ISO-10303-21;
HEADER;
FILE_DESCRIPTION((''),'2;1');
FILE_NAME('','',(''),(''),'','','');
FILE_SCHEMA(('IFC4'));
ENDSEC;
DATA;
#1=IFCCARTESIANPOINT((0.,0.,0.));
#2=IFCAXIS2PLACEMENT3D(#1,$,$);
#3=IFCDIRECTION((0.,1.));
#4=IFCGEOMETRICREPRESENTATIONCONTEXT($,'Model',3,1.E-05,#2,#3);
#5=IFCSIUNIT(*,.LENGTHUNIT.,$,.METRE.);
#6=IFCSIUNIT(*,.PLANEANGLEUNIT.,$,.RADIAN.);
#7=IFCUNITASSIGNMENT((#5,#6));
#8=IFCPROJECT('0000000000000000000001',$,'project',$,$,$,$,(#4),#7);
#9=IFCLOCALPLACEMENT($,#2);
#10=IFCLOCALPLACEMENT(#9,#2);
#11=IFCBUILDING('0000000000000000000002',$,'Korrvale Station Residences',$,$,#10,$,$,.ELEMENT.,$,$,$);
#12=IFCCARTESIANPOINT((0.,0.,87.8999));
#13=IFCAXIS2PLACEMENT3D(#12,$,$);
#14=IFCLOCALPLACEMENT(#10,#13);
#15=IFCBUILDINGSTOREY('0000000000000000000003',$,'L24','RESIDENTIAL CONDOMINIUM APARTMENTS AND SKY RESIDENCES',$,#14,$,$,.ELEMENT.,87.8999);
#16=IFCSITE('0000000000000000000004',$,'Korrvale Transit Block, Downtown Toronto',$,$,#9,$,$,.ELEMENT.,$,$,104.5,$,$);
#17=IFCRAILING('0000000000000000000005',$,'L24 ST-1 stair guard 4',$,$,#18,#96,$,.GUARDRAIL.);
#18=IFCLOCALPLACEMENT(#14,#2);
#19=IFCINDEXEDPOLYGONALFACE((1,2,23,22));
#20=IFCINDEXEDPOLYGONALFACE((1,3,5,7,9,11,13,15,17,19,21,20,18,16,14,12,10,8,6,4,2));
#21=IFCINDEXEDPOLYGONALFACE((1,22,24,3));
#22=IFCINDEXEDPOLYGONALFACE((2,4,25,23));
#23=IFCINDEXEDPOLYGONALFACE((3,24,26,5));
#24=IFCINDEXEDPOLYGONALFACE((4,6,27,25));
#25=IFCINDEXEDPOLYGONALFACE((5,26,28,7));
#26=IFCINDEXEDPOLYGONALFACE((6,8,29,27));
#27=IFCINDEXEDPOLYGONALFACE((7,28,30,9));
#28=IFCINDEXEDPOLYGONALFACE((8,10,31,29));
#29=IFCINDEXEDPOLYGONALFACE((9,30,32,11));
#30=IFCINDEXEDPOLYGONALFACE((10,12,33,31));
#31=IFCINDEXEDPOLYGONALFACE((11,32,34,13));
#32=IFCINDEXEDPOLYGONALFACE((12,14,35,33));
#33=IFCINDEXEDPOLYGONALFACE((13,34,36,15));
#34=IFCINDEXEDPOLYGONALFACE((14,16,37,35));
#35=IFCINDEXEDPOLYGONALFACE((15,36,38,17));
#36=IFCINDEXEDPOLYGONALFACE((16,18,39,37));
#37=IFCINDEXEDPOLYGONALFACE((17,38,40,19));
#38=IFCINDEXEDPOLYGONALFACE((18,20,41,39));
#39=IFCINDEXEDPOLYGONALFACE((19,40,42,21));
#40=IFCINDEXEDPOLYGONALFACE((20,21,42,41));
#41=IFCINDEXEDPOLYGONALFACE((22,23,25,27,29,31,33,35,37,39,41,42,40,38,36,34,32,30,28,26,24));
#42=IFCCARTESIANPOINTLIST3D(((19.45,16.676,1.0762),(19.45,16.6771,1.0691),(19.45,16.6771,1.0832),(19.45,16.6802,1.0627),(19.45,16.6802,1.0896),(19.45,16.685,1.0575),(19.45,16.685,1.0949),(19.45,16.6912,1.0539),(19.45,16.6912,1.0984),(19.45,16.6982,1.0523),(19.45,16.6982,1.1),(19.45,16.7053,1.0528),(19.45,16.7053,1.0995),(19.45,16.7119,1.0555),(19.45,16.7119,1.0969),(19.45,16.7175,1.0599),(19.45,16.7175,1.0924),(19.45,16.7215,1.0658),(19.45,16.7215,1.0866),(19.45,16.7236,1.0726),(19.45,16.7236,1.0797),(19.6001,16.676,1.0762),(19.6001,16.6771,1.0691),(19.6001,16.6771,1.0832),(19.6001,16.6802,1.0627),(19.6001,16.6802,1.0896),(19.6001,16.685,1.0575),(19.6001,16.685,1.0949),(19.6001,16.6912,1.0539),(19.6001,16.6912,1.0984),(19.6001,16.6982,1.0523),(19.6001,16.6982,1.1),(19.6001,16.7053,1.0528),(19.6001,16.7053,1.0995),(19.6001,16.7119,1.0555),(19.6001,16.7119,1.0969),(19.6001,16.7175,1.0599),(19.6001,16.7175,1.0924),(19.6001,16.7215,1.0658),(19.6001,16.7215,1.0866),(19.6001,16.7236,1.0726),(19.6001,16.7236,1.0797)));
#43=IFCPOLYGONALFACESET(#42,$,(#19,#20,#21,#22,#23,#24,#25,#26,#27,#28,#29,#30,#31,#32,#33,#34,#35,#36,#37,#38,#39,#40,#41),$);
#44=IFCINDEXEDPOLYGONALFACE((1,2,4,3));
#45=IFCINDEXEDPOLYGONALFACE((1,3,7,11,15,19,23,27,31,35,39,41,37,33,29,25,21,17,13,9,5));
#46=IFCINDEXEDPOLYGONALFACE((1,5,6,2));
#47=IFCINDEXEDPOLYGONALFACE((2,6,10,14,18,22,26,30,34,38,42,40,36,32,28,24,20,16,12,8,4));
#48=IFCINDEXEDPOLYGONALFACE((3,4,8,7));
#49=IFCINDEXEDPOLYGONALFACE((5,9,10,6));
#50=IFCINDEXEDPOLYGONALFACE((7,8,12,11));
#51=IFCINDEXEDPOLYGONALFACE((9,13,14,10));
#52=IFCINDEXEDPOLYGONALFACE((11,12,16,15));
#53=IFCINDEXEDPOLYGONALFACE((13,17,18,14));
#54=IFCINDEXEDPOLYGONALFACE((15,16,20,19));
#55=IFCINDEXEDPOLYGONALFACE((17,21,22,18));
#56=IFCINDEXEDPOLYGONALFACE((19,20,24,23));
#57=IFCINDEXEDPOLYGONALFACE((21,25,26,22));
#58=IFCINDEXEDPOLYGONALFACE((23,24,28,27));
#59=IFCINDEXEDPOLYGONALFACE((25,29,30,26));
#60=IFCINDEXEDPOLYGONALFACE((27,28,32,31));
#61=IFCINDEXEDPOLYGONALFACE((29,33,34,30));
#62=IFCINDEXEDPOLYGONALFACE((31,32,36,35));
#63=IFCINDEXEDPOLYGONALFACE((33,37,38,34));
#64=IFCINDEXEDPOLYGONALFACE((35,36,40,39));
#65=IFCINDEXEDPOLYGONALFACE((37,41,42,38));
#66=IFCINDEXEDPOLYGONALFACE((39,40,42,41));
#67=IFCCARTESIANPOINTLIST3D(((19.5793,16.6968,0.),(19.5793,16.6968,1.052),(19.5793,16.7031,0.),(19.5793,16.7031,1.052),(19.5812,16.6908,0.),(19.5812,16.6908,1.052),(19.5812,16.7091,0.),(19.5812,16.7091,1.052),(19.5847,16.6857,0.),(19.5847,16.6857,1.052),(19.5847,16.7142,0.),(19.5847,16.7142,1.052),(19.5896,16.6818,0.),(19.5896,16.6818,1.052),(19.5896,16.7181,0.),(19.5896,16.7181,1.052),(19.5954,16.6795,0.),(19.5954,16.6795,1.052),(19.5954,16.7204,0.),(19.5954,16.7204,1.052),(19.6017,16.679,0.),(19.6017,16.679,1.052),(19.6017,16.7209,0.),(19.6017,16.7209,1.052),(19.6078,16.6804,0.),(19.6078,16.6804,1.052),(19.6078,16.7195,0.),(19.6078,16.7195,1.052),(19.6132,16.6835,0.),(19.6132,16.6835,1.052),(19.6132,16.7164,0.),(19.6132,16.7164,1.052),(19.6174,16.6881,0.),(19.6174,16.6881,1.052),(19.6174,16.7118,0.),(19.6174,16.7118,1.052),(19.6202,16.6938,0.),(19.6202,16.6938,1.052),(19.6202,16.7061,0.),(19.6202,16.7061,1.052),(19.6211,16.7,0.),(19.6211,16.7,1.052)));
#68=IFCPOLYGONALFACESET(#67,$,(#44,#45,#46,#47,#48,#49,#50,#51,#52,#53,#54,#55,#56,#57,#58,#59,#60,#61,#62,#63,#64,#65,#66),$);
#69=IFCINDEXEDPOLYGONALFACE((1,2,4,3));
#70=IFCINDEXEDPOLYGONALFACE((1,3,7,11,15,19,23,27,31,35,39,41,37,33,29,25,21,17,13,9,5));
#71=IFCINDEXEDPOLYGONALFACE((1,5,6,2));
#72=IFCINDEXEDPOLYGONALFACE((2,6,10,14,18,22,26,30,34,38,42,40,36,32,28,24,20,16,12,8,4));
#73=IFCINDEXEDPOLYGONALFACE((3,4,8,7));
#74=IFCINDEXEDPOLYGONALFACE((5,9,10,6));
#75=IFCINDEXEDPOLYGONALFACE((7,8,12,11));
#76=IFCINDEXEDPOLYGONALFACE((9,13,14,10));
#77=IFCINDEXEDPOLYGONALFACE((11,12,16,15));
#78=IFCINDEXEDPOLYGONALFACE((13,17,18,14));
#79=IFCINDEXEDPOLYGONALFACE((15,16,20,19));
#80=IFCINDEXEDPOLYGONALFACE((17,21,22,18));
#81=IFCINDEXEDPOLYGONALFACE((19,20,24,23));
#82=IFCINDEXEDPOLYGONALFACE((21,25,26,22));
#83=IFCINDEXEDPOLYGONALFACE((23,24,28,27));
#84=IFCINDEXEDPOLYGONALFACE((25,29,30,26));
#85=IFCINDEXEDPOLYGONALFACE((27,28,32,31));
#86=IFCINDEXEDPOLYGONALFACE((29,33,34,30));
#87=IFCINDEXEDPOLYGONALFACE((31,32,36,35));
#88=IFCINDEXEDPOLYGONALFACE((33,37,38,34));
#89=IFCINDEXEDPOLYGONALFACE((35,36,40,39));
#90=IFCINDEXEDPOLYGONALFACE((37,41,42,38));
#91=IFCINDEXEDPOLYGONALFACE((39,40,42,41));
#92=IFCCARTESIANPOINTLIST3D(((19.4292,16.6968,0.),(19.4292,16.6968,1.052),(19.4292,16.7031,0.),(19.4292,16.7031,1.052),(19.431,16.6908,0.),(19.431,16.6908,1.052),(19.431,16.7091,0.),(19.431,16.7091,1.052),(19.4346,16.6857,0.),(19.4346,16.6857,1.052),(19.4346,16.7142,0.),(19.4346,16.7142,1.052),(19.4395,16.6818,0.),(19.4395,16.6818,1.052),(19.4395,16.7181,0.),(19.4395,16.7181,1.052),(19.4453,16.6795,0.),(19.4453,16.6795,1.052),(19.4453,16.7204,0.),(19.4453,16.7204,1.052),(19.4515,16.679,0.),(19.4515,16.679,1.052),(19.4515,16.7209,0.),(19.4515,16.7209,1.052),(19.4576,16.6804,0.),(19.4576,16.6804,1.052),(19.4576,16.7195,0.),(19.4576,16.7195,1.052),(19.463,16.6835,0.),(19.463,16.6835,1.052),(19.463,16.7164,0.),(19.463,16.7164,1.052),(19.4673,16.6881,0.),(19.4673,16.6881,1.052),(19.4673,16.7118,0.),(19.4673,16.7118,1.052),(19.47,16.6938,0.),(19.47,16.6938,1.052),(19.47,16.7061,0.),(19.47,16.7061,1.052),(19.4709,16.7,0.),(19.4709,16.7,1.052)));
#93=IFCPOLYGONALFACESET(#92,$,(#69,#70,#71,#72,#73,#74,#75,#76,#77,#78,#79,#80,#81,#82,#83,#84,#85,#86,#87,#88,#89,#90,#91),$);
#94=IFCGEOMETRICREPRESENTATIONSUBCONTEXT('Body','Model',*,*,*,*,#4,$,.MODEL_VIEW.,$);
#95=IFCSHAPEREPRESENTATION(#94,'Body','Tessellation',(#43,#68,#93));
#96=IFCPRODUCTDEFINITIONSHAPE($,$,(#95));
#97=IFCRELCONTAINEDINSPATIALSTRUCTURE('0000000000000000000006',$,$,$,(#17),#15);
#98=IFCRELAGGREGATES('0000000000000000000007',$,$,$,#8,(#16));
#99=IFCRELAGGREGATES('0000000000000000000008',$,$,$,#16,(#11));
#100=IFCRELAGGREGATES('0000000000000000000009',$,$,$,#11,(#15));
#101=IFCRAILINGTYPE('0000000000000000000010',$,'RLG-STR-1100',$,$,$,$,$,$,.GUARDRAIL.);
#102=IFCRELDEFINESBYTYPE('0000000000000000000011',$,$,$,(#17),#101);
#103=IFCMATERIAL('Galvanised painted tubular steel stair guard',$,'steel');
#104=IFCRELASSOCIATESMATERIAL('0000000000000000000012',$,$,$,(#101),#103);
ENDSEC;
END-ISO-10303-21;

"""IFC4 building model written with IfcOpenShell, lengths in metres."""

from ifc_helpers import new_model, si_unit, direction, frame, origin, origin_2d, place, context, subcontext, project, spatial, circle, extrude, material, type_object, element, save


model = new_model("IFC4")

# Units and contexts
model_context = context("Model", 3, precision=1e-05, world=origin(), true_north=direction((0.0, 1.0)))
body_context = subcontext(model_context, "Body", "Model", "MODEL_VIEW")
ifc_project = project(units=[si_unit("LENGTHUNIT", "METRE"), si_unit("PLANEANGLEUNIT", "RADIAN")], contexts=[model_context])

# Site, building, storey
site_placement = place(None, origin())
site = spatial("IfcSite", under=ifc_project, at=site_placement, Name="Korrvale Transit Block, Downtown Toronto", CompositionType="ELEMENT", RefElevation=104.5)
building_placement = place(site_placement, origin())
building = spatial("IfcBuilding", under=site, at=building_placement, Name="Korrvale Station Residences", CompositionType="ELEMENT")
storey_placement = place(building_placement, frame((0.0, 0.0, 87.8999)))
storey = spatial("IfcBuildingStorey", under=building, at=storey_placement, Name="L24", Description="RESIDENTIAL CONDOMINIUM APARTMENTS AND SKY RESIDENCES", CompositionType="ELEMENT", Elevation=87.8999)

# Railing
ifc_material_1 = material(Name="Galvanised painted tubular steel stair guard", Category="steel")
railing_type_1 = type_object("IfcRailingType", Name="RLG-STR-1100", PredefinedType="GUARDRAIL", material=ifc_material_1)
railing_1_placement = place(storey_placement, frame((19.6001, 16.7, 0.0)))
element("IfcRailing", 1, at=railing_1_placement, inside=storey, type_object=railing_type_1, Name="L24 ST-1 stair guard 4", PredefinedType="GUARDRAIL", context=body_context, shape_type="SweptSolid", body=[
    extrude(circle(Radius=0.0239, at=origin_2d()), frame((0.0, 0.0, 1.0762), z_axis=(-1.0, 0.0, 0.0), x_axis=(0.0, -1.0, 0.0)), (0.0, 0.0, 1.0), 0.1501),
    extrude(circle(Radius=0.021, at=origin_2d()), origin(), (0.0, 0.0, 1.0), 1.052),
    extrude(circle(Radius=0.021, at=origin_2d()), frame((-0.1501, 0.0, 0.0)), (0.0, 0.0, 1.0), 1.052),
])

save(model, "model.ifc")
